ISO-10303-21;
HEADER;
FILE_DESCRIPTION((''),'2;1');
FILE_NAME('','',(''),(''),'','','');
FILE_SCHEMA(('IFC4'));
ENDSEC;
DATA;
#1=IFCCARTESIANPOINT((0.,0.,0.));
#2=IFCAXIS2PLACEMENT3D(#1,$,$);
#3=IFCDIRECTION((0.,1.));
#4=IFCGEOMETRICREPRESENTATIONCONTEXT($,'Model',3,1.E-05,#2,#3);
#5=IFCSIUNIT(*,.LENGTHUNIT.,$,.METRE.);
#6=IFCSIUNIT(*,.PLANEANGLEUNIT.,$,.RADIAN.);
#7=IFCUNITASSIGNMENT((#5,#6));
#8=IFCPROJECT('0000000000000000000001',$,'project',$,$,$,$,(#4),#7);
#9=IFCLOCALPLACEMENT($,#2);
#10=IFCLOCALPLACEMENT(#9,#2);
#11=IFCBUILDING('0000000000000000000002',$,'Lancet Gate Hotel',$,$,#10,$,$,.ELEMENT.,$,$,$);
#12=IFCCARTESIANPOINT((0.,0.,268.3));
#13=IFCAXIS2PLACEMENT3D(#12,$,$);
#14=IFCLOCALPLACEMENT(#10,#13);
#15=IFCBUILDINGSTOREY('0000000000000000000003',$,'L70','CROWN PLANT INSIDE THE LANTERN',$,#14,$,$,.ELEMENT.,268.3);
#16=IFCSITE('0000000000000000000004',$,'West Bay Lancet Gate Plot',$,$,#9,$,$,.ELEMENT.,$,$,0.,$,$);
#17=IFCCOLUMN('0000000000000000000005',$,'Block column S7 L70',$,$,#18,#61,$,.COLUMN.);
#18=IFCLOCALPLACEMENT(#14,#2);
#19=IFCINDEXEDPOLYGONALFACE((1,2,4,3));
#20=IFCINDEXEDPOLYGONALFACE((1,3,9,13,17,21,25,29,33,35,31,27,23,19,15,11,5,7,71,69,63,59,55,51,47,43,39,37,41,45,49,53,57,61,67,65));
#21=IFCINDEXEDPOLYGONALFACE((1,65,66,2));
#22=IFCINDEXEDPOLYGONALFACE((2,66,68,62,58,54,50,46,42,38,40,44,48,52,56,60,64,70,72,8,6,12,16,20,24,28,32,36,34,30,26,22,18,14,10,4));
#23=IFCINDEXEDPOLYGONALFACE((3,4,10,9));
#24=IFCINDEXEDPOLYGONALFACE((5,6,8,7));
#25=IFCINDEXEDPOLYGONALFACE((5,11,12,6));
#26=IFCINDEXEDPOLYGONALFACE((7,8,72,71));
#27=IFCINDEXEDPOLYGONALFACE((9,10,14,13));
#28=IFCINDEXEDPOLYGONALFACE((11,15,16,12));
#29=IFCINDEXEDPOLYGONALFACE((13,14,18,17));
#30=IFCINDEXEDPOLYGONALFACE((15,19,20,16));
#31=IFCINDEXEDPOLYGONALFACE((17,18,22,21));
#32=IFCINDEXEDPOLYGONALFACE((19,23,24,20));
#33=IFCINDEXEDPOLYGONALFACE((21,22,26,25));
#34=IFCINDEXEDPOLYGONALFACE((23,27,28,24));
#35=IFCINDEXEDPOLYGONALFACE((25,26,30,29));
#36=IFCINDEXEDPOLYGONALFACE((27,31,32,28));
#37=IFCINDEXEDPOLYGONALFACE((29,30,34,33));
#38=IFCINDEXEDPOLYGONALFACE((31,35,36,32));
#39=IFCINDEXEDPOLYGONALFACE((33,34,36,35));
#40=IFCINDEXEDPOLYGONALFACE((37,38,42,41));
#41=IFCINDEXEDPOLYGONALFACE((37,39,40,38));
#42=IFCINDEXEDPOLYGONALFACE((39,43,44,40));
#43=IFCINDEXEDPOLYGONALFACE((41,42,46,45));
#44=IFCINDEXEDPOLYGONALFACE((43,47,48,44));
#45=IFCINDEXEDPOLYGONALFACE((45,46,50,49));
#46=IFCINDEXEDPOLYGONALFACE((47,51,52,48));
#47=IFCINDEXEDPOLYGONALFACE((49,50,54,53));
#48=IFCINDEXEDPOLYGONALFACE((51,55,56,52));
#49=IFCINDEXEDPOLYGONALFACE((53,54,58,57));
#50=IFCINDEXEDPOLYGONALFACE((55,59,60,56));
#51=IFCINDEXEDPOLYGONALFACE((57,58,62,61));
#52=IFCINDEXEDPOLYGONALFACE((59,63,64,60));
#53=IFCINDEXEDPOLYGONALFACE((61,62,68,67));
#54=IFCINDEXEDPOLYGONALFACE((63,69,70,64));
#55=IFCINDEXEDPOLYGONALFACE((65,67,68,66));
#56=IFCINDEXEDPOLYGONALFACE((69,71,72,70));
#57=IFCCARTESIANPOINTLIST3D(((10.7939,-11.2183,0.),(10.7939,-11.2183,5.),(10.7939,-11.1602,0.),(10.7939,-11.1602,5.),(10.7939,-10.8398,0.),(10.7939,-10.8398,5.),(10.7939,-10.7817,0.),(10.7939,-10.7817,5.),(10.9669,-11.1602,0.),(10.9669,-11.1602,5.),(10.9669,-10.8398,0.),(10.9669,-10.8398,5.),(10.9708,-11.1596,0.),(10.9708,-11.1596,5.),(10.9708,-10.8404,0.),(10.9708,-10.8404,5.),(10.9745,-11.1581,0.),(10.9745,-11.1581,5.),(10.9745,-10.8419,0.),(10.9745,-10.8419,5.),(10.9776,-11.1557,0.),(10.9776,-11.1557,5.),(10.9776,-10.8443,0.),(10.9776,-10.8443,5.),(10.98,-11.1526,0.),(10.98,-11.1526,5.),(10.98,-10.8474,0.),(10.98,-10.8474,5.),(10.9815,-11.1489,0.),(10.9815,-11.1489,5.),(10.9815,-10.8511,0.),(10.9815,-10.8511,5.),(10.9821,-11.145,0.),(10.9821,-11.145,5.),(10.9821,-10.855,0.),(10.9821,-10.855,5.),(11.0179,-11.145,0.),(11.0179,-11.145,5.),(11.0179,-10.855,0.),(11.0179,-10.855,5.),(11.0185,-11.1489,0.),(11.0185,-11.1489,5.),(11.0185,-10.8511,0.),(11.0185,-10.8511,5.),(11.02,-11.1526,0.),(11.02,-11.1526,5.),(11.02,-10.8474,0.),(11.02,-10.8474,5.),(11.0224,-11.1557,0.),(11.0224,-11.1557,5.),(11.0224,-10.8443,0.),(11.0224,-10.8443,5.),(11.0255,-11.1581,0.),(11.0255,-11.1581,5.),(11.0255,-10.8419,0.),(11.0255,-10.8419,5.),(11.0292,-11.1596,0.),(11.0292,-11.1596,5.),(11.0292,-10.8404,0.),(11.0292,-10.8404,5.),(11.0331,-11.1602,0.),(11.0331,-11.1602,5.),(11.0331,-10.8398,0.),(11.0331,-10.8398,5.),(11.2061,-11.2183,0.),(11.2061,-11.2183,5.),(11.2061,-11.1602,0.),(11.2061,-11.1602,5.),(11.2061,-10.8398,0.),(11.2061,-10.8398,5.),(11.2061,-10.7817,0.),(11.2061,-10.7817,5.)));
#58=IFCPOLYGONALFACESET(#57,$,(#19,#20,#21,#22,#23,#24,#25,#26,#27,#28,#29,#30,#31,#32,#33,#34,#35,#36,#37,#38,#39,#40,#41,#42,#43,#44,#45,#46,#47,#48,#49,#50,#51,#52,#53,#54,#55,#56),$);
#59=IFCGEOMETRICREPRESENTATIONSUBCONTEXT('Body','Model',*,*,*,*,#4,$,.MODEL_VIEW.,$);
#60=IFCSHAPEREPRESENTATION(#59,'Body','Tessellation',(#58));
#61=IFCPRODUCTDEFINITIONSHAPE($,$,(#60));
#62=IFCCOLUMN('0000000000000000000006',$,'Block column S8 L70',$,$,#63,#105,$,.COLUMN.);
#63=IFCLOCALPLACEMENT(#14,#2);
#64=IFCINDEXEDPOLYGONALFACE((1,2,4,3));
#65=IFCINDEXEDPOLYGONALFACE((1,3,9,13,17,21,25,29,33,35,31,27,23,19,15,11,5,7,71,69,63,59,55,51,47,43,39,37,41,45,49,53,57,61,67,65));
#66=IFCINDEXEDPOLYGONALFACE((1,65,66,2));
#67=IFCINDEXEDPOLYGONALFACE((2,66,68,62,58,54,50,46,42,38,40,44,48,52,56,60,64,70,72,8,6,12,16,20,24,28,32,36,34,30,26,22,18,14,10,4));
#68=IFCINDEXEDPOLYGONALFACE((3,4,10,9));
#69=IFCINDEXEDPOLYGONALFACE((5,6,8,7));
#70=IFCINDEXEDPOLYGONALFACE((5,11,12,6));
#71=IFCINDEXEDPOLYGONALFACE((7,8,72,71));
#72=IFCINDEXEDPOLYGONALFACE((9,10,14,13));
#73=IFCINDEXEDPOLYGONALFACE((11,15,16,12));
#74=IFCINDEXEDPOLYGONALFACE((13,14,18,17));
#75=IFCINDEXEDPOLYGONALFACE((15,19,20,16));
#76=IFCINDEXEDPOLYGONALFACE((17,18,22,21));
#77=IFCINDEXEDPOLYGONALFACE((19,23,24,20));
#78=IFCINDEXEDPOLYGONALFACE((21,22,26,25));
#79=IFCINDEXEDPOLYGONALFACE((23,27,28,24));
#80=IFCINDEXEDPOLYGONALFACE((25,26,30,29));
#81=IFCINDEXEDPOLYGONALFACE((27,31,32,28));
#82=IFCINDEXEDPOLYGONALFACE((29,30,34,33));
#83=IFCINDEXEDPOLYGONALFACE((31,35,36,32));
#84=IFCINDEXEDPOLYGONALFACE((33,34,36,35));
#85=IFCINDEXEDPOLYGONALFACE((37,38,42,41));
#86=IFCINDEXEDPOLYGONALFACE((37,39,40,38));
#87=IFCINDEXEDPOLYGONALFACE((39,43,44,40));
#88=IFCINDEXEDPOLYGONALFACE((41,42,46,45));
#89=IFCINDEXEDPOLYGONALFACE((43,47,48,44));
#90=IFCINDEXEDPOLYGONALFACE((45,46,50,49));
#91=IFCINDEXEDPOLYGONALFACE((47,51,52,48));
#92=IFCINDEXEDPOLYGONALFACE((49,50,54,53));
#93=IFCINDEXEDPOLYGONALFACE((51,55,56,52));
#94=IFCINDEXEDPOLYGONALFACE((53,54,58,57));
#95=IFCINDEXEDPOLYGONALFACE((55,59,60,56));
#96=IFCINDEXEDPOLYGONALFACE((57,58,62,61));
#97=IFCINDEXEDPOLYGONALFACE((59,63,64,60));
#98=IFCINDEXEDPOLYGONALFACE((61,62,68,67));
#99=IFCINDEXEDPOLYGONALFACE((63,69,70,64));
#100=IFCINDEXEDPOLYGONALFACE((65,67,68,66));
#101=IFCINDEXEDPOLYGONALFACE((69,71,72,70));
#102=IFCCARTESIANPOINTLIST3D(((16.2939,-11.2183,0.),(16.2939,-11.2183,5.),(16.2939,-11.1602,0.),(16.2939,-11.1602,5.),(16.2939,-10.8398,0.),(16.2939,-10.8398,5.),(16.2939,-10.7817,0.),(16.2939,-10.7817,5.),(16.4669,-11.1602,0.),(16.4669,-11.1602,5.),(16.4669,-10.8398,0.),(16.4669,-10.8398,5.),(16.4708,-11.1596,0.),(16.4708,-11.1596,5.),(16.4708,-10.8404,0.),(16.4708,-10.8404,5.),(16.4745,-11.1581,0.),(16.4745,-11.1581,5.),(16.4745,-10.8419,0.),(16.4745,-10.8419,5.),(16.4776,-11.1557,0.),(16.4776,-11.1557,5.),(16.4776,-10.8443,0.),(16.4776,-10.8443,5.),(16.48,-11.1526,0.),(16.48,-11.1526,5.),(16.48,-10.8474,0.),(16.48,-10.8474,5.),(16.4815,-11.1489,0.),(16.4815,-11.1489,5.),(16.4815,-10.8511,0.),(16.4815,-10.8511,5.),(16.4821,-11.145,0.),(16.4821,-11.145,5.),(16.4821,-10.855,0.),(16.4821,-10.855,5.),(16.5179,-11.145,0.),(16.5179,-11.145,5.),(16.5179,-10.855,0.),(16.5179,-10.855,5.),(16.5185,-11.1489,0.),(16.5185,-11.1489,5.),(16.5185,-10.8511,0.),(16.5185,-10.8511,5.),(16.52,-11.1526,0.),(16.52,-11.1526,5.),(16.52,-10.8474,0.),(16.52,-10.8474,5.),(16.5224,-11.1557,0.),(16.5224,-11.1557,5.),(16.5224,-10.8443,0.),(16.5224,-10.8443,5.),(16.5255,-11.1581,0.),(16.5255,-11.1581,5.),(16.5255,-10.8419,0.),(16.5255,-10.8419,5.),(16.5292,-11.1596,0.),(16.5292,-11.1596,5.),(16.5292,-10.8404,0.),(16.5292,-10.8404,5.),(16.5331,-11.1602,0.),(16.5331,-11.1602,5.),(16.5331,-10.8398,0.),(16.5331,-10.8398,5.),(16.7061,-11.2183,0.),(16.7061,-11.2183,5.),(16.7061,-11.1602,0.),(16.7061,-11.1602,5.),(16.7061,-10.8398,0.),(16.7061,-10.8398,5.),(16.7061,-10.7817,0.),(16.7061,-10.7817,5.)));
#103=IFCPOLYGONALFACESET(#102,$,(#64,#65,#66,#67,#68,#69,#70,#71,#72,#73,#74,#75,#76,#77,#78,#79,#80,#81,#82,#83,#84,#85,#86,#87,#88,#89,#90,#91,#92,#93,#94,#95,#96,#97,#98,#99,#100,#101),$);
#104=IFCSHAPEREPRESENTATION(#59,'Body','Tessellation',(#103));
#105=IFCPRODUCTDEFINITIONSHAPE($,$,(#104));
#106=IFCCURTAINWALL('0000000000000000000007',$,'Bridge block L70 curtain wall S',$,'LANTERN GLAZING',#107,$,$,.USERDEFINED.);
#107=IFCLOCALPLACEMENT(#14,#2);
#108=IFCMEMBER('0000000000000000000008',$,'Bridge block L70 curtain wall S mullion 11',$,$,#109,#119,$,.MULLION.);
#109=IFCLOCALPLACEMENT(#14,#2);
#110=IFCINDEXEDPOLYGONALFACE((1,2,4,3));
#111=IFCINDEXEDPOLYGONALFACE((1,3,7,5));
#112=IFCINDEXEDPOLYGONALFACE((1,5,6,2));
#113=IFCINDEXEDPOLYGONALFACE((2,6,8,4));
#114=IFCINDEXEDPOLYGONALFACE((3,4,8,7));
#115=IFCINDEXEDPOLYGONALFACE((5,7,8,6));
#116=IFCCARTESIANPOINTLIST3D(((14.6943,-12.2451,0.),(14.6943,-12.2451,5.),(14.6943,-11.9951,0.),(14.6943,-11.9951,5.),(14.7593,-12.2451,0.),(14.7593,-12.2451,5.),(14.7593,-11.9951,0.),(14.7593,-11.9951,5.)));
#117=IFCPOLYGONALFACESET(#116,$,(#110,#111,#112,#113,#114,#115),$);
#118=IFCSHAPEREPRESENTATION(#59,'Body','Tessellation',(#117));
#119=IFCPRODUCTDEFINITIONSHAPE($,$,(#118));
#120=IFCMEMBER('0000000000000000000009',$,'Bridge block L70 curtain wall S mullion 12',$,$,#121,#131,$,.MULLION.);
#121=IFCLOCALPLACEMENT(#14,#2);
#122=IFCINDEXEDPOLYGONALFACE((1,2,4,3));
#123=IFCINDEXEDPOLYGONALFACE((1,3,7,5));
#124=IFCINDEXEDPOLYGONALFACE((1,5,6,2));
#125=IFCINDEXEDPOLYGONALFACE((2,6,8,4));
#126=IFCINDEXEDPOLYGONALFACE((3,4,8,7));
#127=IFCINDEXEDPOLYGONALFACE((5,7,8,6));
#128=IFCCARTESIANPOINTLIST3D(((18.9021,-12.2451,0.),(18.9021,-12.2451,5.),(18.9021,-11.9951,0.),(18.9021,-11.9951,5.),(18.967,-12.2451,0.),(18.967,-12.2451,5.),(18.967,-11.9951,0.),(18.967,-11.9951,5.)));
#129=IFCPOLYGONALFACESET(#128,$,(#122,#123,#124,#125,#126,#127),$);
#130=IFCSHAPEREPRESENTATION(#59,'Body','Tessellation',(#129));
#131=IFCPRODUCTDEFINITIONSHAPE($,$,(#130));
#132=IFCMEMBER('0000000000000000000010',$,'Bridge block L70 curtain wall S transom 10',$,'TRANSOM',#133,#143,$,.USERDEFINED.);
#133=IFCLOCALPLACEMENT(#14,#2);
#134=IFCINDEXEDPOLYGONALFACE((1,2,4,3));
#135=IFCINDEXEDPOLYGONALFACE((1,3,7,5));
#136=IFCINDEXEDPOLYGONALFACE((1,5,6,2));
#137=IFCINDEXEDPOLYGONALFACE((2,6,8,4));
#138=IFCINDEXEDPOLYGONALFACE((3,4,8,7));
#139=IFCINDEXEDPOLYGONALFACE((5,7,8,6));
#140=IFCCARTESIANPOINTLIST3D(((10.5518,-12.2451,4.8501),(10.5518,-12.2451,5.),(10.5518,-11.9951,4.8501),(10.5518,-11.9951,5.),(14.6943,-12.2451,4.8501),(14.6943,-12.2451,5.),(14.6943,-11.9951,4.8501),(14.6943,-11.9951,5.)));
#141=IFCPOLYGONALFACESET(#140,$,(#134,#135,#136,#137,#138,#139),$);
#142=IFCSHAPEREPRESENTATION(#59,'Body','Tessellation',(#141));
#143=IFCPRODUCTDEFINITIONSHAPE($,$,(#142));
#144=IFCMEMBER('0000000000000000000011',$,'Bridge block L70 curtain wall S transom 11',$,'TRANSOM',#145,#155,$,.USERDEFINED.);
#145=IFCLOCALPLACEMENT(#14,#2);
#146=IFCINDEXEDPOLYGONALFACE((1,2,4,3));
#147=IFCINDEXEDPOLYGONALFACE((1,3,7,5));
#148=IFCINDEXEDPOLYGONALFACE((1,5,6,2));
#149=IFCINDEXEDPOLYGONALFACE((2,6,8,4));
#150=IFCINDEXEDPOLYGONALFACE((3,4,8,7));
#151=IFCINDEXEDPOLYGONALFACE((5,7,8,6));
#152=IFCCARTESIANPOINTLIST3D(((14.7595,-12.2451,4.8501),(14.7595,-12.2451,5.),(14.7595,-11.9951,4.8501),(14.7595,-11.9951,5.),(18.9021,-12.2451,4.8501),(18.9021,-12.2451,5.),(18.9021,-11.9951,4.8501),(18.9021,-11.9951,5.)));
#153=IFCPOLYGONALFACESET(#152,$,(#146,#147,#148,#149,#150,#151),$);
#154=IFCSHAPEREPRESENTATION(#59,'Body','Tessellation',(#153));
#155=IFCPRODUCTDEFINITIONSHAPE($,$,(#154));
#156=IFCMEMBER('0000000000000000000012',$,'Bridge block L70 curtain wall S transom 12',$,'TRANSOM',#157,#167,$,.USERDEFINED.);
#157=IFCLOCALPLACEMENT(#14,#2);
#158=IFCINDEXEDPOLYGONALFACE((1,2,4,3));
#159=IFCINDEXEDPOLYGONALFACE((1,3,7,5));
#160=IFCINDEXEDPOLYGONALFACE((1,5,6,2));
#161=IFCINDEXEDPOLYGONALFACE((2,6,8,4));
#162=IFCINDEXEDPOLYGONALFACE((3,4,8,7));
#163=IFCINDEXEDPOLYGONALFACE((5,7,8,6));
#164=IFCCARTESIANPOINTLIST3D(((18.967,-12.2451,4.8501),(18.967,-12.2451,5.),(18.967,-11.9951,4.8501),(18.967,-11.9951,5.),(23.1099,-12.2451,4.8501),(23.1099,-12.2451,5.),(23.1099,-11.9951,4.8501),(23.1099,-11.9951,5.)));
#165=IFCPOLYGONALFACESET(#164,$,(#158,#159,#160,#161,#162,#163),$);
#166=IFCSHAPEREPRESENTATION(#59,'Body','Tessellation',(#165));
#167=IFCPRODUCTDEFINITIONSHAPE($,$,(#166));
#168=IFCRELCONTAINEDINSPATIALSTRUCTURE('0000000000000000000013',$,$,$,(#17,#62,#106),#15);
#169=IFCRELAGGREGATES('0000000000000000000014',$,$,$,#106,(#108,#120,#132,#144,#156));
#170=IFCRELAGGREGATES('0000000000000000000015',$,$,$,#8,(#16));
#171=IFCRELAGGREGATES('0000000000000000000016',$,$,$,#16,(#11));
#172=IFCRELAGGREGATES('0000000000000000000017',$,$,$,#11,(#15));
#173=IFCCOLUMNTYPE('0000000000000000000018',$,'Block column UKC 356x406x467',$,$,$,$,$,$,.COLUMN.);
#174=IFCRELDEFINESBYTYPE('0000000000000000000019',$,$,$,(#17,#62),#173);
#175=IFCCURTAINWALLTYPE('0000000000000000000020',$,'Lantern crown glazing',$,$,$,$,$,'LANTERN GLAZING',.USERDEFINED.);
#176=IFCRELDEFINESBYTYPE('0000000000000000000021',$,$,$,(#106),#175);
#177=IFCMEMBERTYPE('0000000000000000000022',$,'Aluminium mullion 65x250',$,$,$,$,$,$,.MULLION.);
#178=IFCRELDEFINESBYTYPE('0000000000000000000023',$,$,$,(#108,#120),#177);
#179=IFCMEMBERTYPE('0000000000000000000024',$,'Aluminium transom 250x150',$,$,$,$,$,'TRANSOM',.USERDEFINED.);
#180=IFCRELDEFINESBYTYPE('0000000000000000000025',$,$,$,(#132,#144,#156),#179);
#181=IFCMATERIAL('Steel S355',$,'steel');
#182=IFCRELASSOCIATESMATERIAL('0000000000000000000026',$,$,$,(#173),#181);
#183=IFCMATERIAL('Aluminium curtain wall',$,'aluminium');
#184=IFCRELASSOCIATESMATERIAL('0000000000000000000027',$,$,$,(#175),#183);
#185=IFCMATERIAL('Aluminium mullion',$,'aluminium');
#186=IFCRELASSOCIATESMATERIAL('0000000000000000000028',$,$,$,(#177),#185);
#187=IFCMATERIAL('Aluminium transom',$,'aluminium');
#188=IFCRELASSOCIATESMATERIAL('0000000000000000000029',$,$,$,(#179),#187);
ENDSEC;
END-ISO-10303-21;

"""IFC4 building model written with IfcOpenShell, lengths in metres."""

from ifc_helpers import new_model, si_unit, direction, frame, origin, origin_2d, place, context, subcontext, project, spatial, rectangle, i_section, extrude, material, material_profile, profile_set, type_object, element, aggregate, save


model = new_model("IFC4")

# Units and contexts
model_context = context("Model", 3, precision=1e-05, world=origin(), true_north=direction((0.0, 1.0)))
body_context = subcontext(model_context, "Body", "Model", "MODEL_VIEW")
ifc_project = project(units=[si_unit("LENGTHUNIT", "METRE"), si_unit("PLANEANGLEUNIT", "RADIAN")], contexts=[model_context])

# Site, building, storey
site_placement = place(None, origin())
site = spatial("IfcSite", under=ifc_project, at=site_placement, Name="West Bay Lancet Gate Plot", CompositionType="ELEMENT", RefElevation=0.0)
building_placement = place(site_placement, origin())
building = spatial("IfcBuilding", under=site, at=building_placement, Name="Lancet Gate Hotel", CompositionType="ELEMENT")
storey_placement = place(building_placement, frame((0.0, 0.0, 268.3)))
storey = spatial("IfcBuildingStorey", under=building, at=storey_placement, Name="L70", Description="CROWN PLANT INSIDE THE LANTERN", CompositionType="ELEMENT", Elevation=268.3)

# Columns
ifc_material_1 = material(Name="Steel S355", Category="steel")
ifc_material_profile_1 = material_profile(ifc_material_1, i_section(OverallWidth=0.4121, OverallDepth=0.4365, WebThickness=0.0359, FlangeThickness=0.0581, FilletRadius=0.0151, at=origin_2d()), Name="UKC 356x406x467")
ifc_profile_set_1 = profile_set([ifc_material_profile_1], Name="Steel S355")
column_type = type_object("IfcColumnType", Name="Block column UKC 356x406x467", PredefinedType="COLUMN", material=ifc_profile_set_1)
for number, where, z_axis, x_axis, name in (
    (1, (11.0, -11.0, 0.0), (0.0, 0.0, 1.0), (1.0, 0.0, 0.0), "Block column S7 L70"),
    (2, (16.5, -11.0, 0.0), (0.0, 0.0, 1.0), (1.0, 0.0, 0.0), "Block column S8 L70"),
):
    element("IfcColumn", number, at=place(storey_placement, frame(where, z_axis=z_axis, x_axis=x_axis)), inside=storey, type_object=column_type, Name=name, PredefinedType="COLUMN", context=body_context, shape_type="SweptSolid", body=[
        extrude(i_section(OverallWidth=0.4121, OverallDepth=0.4365, WebThickness=0.0359, FlangeThickness=0.0581, FilletRadius=0.0151, at=origin_2d()), origin(), (0.0, 0.0, 1.0), 5.0),
    ])

# Curtain wall, members
ifc_material_2 = material(Name="Aluminium curtain wall", Category="aluminium")
curtain_wall_type_1 = type_object("IfcCurtainWallType", Name="Lantern crown glazing", ElementType="LANTERN GLAZING", PredefinedType="USERDEFINED", material=ifc_material_2)
curtain_wall_1_placement = place(storey_placement, origin())
curtain_wall_1 = element("IfcCurtainWall", 3, at=curtain_wall_1_placement, inside=storey, type_object=curtain_wall_type_1, Name="Bridge block L70 curtain wall S", ObjectType="LANTERN GLAZING", PredefinedType="USERDEFINED")
ifc_material_3 = material(Name="Aluminium mullion", Category="aluminium")
ifc_material_profile_2 = material_profile(ifc_material_3, rectangle(XDim=0.0649, YDim=0.25, at=origin_2d()), Name="MULLION 65x250")
ifc_profile_set_2 = profile_set([ifc_material_profile_2], Name="Aluminium mullion")
member_type_1 = type_object("IfcMemberType", Name="Aluminium mullion 65x250", PredefinedType="MULLION", material=ifc_profile_set_2)
member_1_placement = place(storey_placement, frame((14.7268, -12.1201, 0.0), z_axis=(0.0, 0.0, 1.0), x_axis=(1.0, 0.0, 0.0)))
member_1 = element("IfcMember", 4, at=member_1_placement, type_object=member_type_1, Name="Bridge block L70 curtain wall S mullion 11", PredefinedType="MULLION", context=body_context, shape_type="SweptSolid", body=[
    extrude(rectangle(XDim=0.0649, YDim=0.25, at=origin_2d()), origin(), (0.0, 0.0, 1.0), 5.0),
])
member_2_placement = place(storey_placement, frame((18.9346, -12.1201, 0.0), z_axis=(0.0, 0.0, 1.0), x_axis=(1.0, 0.0, 0.0)))
member_2 = element("IfcMember", 5, at=member_2_placement, type_object=member_type_1, Name="Bridge block L70 curtain wall S mullion 12", PredefinedType="MULLION", context=body_context, shape_type="SweptSolid", body=[
    extrude(rectangle(XDim=0.0649, YDim=0.25, at=origin_2d()), origin(), (0.0, 0.0, 1.0), 5.0),
])
ifc_material_4 = material(Name="Aluminium transom", Category="aluminium")
ifc_material_profile_3 = material_profile(ifc_material_4, rectangle(XDim=0.25, YDim=0.1499, at=origin_2d()), Name="TRANSOM 250x150")
ifc_profile_set_3 = profile_set([ifc_material_profile_3], Name="Aluminium transom")
member_type_2 = type_object("IfcMemberType", Name="Aluminium transom 250x150", ElementType="TRANSOM", PredefinedType="USERDEFINED", material=ifc_profile_set_3)
member_3_placement = place(storey_placement, frame((10.5518, -12.1201, 4.925), z_axis=(1.0, 0.0, 0.0), x_axis=(0.0, 1.0, 0.0)))
member_3 = element("IfcMember", 6, at=member_3_placement, type_object=member_type_2, Name="Bridge block L70 curtain wall S transom 10", ObjectType="TRANSOM", PredefinedType="USERDEFINED", context=body_context, shape_type="SweptSolid", body=[
    extrude(rectangle(XDim=0.25, YDim=0.1499, at=origin_2d()), origin(), (0.0, 0.0, 1.0), 4.1426),
])
member_4_placement = place(storey_placement, frame((14.7595, -12.1201, 4.925), z_axis=(1.0, 0.0, 0.0), x_axis=(0.0, 1.0, 0.0)))
member_4 = element("IfcMember", 7, at=member_4_placement, type_object=member_type_2, Name="Bridge block L70 curtain wall S transom 11", ObjectType="TRANSOM", PredefinedType="USERDEFINED", context=body_context, shape_type="SweptSolid", body=[
    extrude(rectangle(XDim=0.25, YDim=0.1499, at=origin_2d()), origin(), (0.0, 0.0, 1.0), 4.1426),
])
member_5_placement = place(storey_placement, frame((18.967, -12.1201, 4.925), z_axis=(1.0, 0.0, 0.0), x_axis=(0.0, 1.0, 0.0)))
member_5 = element("IfcMember", 8, at=member_5_placement, type_object=member_type_2, Name="Bridge block L70 curtain wall S transom 12", ObjectType="TRANSOM", PredefinedType="USERDEFINED", context=body_context, shape_type="SweptSolid", body=[
    extrude(rectangle(XDim=0.25, YDim=0.1499, at=origin_2d()), origin(), (0.0, 0.0, 1.0), 4.1428),
])

aggregate(curtain_wall_1, [member_1, member_2, member_3, member_4, member_5])

save(model, "model.ifc")
